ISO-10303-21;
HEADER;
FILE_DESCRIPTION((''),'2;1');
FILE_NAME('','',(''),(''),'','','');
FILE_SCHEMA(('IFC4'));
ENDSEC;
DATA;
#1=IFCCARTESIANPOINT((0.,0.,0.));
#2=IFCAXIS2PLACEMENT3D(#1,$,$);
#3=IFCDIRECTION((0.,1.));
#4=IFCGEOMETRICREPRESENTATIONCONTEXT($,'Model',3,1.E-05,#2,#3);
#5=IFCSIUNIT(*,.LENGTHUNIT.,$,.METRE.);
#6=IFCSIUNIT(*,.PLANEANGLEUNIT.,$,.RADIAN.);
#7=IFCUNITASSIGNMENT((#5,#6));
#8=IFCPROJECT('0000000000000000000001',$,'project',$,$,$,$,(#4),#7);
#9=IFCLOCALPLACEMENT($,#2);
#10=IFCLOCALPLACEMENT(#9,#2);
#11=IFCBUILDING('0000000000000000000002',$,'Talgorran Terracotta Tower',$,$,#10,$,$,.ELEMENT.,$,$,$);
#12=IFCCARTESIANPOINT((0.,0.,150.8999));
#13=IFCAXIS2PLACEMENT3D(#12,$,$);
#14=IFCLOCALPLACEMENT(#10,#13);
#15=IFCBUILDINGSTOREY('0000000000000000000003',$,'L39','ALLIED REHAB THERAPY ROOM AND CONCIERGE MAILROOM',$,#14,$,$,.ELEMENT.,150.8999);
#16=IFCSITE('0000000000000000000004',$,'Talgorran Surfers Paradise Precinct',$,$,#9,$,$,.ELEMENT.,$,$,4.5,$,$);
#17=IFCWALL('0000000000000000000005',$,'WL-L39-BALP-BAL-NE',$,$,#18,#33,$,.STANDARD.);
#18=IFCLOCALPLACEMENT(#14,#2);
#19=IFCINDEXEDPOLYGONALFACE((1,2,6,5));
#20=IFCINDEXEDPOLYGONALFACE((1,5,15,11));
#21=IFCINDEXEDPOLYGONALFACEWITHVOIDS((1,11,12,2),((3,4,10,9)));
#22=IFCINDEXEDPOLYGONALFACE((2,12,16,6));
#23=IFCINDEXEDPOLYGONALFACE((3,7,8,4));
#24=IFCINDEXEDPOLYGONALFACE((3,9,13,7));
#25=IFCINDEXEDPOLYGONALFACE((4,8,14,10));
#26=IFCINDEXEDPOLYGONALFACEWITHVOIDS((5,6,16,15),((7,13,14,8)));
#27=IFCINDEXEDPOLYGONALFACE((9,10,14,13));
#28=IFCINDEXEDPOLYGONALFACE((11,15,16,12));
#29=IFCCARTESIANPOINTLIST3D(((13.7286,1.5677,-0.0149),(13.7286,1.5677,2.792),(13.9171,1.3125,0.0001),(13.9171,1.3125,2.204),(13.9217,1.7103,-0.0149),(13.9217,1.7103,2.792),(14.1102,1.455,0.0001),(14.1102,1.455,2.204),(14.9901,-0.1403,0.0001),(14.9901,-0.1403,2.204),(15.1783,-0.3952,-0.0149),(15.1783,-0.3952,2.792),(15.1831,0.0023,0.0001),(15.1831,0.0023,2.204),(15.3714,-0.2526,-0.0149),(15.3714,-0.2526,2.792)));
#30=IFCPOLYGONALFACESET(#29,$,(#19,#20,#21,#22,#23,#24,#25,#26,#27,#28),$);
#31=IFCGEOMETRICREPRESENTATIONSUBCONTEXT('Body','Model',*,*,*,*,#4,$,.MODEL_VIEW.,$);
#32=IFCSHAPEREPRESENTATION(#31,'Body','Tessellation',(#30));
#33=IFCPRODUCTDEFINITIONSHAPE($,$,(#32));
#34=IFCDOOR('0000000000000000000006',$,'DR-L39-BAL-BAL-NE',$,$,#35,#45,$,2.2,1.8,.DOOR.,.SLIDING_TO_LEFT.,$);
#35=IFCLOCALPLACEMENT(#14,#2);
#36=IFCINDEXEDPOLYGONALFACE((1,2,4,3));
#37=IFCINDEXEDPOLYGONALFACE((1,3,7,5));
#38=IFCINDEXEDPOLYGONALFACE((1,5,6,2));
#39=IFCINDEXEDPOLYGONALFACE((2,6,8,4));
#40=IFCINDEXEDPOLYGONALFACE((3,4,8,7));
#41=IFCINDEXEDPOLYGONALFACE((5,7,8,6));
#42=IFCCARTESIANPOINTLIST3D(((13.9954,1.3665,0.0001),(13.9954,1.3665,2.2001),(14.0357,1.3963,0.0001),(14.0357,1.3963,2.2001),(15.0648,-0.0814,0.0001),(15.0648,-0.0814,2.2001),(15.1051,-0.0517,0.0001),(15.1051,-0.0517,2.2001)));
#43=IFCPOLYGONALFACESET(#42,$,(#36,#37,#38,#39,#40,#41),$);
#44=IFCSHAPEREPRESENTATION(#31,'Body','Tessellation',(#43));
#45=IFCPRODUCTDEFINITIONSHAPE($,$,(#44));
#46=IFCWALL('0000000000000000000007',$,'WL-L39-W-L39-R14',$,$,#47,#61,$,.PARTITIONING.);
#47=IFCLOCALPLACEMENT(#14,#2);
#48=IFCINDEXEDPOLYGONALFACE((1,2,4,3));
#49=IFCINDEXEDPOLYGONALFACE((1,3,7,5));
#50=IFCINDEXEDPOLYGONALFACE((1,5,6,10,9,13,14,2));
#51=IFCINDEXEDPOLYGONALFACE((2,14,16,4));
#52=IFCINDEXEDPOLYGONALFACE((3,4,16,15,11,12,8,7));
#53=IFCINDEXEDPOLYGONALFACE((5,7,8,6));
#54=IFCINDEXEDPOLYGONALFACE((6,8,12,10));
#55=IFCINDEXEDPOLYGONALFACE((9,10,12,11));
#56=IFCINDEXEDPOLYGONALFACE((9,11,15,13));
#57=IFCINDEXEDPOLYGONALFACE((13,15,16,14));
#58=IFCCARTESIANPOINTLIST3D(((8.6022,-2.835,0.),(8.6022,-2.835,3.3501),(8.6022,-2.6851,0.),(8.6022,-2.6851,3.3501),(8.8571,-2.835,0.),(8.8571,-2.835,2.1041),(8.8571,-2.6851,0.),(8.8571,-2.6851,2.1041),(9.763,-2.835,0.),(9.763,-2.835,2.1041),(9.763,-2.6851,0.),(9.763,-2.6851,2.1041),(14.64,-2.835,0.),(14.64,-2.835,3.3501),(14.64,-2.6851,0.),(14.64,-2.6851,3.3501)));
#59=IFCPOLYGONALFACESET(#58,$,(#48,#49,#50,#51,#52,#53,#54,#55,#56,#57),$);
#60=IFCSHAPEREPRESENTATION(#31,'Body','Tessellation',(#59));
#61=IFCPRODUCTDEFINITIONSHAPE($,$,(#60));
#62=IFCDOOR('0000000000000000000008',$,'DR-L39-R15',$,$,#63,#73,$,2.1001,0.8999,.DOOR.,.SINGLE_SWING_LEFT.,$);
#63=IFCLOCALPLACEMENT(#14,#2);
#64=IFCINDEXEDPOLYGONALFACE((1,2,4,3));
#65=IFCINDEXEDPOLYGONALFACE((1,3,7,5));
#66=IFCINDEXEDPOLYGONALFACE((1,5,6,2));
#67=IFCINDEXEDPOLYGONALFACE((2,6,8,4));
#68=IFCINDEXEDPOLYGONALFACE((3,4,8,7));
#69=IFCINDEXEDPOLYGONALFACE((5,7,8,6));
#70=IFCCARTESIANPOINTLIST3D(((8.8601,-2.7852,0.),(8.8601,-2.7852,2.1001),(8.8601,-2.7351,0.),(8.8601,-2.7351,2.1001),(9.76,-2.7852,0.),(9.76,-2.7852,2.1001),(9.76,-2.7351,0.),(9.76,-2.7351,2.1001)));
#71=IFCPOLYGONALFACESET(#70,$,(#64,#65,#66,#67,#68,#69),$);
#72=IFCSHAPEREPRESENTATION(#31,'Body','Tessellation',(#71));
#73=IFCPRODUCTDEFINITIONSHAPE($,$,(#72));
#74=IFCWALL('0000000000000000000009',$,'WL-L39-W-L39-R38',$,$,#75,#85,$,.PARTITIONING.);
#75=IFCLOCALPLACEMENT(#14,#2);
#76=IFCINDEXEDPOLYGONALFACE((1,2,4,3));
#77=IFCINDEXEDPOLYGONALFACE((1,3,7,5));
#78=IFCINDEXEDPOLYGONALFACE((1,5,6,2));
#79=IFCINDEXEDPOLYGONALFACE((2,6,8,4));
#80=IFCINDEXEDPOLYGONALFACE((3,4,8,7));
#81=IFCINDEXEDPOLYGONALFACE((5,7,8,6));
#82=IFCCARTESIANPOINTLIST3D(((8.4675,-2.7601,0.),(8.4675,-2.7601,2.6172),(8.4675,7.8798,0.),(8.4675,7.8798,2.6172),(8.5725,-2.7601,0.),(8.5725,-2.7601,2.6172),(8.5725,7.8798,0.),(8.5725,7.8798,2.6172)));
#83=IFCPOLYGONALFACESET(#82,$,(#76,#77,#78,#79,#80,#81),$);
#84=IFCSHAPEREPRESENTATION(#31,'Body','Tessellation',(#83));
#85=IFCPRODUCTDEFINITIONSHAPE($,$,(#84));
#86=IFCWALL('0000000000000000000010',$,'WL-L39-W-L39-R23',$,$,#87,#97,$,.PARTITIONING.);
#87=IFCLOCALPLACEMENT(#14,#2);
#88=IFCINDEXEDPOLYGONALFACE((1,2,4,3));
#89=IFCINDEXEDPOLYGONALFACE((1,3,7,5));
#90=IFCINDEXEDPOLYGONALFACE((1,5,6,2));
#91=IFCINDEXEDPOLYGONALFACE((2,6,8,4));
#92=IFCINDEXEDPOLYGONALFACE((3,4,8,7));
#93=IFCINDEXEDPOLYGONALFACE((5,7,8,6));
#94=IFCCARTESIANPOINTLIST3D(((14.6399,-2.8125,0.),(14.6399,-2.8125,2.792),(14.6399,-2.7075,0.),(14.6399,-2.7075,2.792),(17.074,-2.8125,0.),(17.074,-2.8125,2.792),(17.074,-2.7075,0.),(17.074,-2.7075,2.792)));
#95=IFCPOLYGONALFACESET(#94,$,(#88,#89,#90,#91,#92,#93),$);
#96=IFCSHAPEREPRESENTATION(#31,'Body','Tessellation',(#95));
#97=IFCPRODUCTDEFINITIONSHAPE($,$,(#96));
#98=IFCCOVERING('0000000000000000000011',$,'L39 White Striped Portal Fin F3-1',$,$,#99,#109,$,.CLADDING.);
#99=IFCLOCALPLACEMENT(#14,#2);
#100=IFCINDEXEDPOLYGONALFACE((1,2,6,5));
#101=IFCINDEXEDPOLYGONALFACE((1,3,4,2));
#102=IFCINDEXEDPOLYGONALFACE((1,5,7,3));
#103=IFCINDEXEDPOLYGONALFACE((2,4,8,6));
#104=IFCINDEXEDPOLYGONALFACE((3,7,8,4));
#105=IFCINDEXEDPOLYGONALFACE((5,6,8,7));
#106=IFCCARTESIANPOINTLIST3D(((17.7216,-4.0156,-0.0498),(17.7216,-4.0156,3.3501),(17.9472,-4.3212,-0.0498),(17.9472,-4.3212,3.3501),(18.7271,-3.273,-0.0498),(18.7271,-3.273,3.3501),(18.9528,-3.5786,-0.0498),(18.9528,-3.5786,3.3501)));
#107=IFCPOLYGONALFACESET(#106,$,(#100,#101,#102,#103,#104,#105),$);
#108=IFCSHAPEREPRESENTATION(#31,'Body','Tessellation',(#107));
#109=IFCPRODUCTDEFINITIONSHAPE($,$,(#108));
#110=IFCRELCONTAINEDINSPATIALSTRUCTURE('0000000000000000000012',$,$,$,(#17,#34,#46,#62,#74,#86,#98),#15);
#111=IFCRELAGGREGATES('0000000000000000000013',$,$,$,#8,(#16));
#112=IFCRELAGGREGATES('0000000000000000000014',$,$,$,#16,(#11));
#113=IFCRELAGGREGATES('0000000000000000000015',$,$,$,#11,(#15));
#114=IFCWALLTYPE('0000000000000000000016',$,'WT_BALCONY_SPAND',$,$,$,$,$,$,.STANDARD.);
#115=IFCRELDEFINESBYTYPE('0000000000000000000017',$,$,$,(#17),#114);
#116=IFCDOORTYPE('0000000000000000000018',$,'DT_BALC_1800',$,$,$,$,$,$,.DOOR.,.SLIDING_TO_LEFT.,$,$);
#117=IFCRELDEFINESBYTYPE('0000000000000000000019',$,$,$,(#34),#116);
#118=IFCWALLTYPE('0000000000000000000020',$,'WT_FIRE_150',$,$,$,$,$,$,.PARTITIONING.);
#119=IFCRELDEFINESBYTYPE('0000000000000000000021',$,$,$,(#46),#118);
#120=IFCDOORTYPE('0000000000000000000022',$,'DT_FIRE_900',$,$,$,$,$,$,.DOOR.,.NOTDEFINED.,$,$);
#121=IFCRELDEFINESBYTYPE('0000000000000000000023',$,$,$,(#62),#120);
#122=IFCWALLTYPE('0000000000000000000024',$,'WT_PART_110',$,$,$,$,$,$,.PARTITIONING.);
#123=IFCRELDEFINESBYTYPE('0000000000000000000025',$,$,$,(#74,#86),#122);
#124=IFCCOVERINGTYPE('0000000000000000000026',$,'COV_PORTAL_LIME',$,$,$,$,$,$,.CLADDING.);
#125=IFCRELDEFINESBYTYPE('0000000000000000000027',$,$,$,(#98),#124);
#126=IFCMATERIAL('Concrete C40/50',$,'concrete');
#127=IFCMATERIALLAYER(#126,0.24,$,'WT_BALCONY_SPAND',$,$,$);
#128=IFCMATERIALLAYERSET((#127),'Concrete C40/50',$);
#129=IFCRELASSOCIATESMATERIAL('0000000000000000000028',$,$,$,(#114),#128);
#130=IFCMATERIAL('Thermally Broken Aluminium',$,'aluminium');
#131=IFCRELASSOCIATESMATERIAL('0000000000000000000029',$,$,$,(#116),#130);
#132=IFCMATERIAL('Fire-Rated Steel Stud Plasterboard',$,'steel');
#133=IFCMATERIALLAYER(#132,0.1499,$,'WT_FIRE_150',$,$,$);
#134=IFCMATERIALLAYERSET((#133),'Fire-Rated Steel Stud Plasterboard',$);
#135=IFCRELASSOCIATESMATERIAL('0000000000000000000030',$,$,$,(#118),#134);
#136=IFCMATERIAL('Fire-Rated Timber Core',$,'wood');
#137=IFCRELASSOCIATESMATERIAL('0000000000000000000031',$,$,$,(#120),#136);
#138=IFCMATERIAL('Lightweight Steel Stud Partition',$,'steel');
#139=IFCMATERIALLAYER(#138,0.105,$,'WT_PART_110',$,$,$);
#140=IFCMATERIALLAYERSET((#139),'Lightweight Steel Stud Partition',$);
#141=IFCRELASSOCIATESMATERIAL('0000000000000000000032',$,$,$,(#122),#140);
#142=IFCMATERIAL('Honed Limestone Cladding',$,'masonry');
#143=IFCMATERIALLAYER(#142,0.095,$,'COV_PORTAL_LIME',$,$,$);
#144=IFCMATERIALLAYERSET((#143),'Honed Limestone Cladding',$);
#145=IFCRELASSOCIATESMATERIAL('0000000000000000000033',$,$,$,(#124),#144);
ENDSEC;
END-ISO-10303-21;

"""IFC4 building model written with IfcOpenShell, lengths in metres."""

from ifc_helpers import new_model, si_unit, direction, frame, frame_2d, origin, origin_2d, place, context, subcontext, project, spatial, rectangle, extrude, material, layer, layer_set, type_object, element, fill, save


model = new_model("IFC4")

# Units and contexts
model_context = context("Model", 3, precision=1e-05, world=origin(), true_north=direction((0.0, 1.0)))
body_context = subcontext(model_context, "Body", "Model", "MODEL_VIEW")
ifc_project = project(units=[si_unit("LENGTHUNIT", "METRE"), si_unit("PLANEANGLEUNIT", "RADIAN")], contexts=[model_context])

# Site, building, storey
site_placement = place(None, origin())
site = spatial("IfcSite", under=ifc_project, at=site_placement, Name="Talgorran Surfers Paradise Precinct", CompositionType="ELEMENT", RefElevation=4.5)
building_placement = place(site_placement, origin())
building = spatial("IfcBuilding", under=site, at=building_placement, Name="Talgorran Terracotta Tower", CompositionType="ELEMENT")
storey_placement = place(building_placement, frame((0.0, 0.0, 150.8999)))
storey = spatial("IfcBuildingStorey", under=building, at=storey_placement, Name="L39", Description="ALLIED REHAB THERAPY ROOM AND CONCIERGE MAILROOM", CompositionType="ELEMENT", Elevation=150.8999)

# Walls, openings, doors
ifc_material_1 = material(Name="Concrete C40/50", Category="concrete")
ifc_layer_1 = layer(ifc_material_1, 0.24, Name="WT_BALCONY_SPAND")
ifc_layer_set_1 = layer_set([ifc_layer_1], Name="Concrete C40/50")
wall_type_1 = type_object("IfcWallType", Name="WT_BALCONY_SPAND", PredefinedType="STANDARD", material=ifc_layer_set_1)
wall_1_placement = place(storey_placement, frame((15.2749, -0.324, -0.0149), z_axis=(0.0, 0.0, 1.0), x_axis=(-0.594093, 0.804396, 0.0)))
wall_1 = element("IfcWall", 1, at=wall_1_placement, inside=storey, type_object=wall_type_1, Name="WL-L39-BALP-BAL-NE", PredefinedType="STANDARD", context=body_context, shape_type="SweptSolid", body=[
    extrude(rectangle(XDim=2.4402, YDim=0.24, at=frame_2d((1.2202, 0.0))), origin(), (0.0, 0.0, 1.0), 2.8069),
])
opening_1_placement = place(wall_1_placement, frame((0.3201, 0.0, 0.0149)))
opening_1 = element("IfcOpeningElement", 2, at=opening_1_placement, cuts=wall_1, PredefinedType="OPENING", context=body_context, shape_type="SweptSolid", body=[
    extrude(rectangle(XDim=1.806, YDim=2.204, at=frame_2d((0.8999, 1.1021))), frame((0.0, 0.1299, 0.0), z_axis=(0.0, -1.0, 0.0), x_axis=(1.0, 0.0, 0.0)), (0.0, 0.0, 1.0), 0.26),
])
ifc_material_2 = material(Name="Thermally Broken Aluminium", Category="aluminium")
door_type_1 = type_object("IfcDoorType", Name="DT_BALC_1800", OperationType="SLIDING_TO_LEFT", PredefinedType="DOOR", material=ifc_material_2)
door_1_placement = place(opening_1_placement, origin())
door_1 = element("IfcDoor", 3, at=door_1_placement, inside=storey, type_object=door_type_1, Name="DR-L39-BAL-BAL-NE", OperationType="SLIDING_TO_LEFT", OverallHeight=2.2, OverallWidth=1.8, PredefinedType="DOOR", context=body_context, shape_type="SweptSolid", body=[
    extrude(rectangle(XDim=1.8, YDim=2.2, at=frame_2d((0.8999, 1.1001))), frame((0.0, 0.0249, 0.0), z_axis=(0.0, -1.0, 0.0), x_axis=(1.0, 0.0, 0.0)), (0.0, 0.0, 1.0), 0.05),
])
fill(opening_1, door_1)
ifc_material_3 = material(Name="Fire-Rated Steel Stud Plasterboard", Category="steel")
ifc_layer_2 = layer(ifc_material_3, 0.1499, Name="WT_FIRE_150")
ifc_layer_set_2 = layer_set([ifc_layer_2], Name="Fire-Rated Steel Stud Plasterboard")
wall_type_2 = type_object("IfcWallType", Name="WT_FIRE_150", PredefinedType="PARTITIONING", material=ifc_layer_set_2)
wall_2_placement = place(storey_placement, frame((8.6021, -2.76, 0.0), z_axis=(0.0, 0.0, 1.0), x_axis=(1.0, 0.0, 0.0)))
wall_2 = element("IfcWall", 4, at=wall_2_placement, inside=storey, type_object=wall_type_2, Name="WL-L39-W-L39-R14", PredefinedType="PARTITIONING", context=body_context, shape_type="SweptSolid", body=[
    extrude(rectangle(XDim=6.0378, YDim=0.1499, at=frame_2d((3.019, 0.0))), origin(), (0.0, 0.0, 1.0), 3.3501),
])
opening_2_placement = place(wall_2_placement, frame((0.2581, 0.0, 0.0)))
opening_2 = element("IfcOpeningElement", 5, at=opening_2_placement, cuts=wall_2, PredefinedType="OPENING", context=body_context, shape_type="SweptSolid", body=[
    extrude(rectangle(XDim=0.9059, YDim=2.1041, at=frame_2d((0.45, 1.052))), frame((0.0, 0.085, 0.0), z_axis=(0.0, -1.0, 0.0), x_axis=(1.0, 0.0, 0.0)), (0.0, 0.0, 1.0), 0.1699),
])
ifc_material_4 = material(Name="Fire-Rated Timber Core", Category="wood")
door_type_2 = type_object("IfcDoorType", Name="DT_FIRE_900", OperationType="NOTDEFINED", PredefinedType="DOOR", material=ifc_material_4)
door_2_placement = place(opening_2_placement, origin())
door_2 = element("IfcDoor", 6, at=door_2_placement, inside=storey, type_object=door_type_2, Name="DR-L39-R15", OperationType="SINGLE_SWING_LEFT", OverallHeight=2.1001, OverallWidth=0.8999, PredefinedType="DOOR", context=body_context, shape_type="SweptSolid", body=[
    extrude(rectangle(XDim=0.8999, YDim=2.1001, at=frame_2d((0.45, 1.05))), frame((0.0, 0.0249, 0.0), z_axis=(0.0, -1.0, 0.0), x_axis=(1.0, 0.0, 0.0)), (0.0, 0.0, 1.0), 0.05),
])
fill(opening_2, door_2)

# Walls
ifc_material_5 = material(Name="Lightweight Steel Stud Partition", Category="steel")
ifc_layer_3 = layer(ifc_material_5, 0.105, Name="WT_PART_110")
ifc_layer_set_3 = layer_set([ifc_layer_3], Name="Lightweight Steel Stud Partition")
wall_type_3 = type_object("IfcWallType", Name="WT_PART_110", PredefinedType="PARTITIONING", material=ifc_layer_set_3)
wall_3_placement = place(storey_placement, frame((8.52, -2.76, 0.0), z_axis=(0.0, 0.0, 1.0), x_axis=(0.0, 1.0, 0.0)))
element("IfcWall", 7, at=wall_3_placement, inside=storey, type_object=wall_type_3, Name="WL-L39-W-L39-R38", PredefinedType="PARTITIONING", context=body_context, shape_type="SweptSolid", body=[
    extrude(rectangle(XDim=10.6399, YDim=0.105, at=frame_2d((5.3198, 0.0))), origin(), (0.0, 0.0, 1.0), 2.6172),
])
wall_4_placement = place(storey_placement, frame((14.6399, -2.76, 0.0), z_axis=(0.0, 0.0, 1.0), x_axis=(1.0, 0.0, 0.0)))
element("IfcWall", 8, at=wall_4_placement, inside=storey, type_object=wall_type_3, Name="WL-L39-W-L39-R23", PredefinedType="PARTITIONING", context=body_context, shape_type="SweptSolid", body=[
    extrude(rectangle(XDim=2.4341, YDim=0.105, at=frame_2d((1.217, 0.0))), origin(), (0.0, 0.0, 1.0), 2.792),
])

# Covering
ifc_material_6 = material(Name="Honed Limestone Cladding", Category="masonry")
ifc_layer_4 = layer(ifc_material_6, 0.095, Name="COV_PORTAL_LIME")
ifc_layer_set_4 = layer_set([ifc_layer_4], Name="Honed Limestone Cladding")
covering_type = type_object("IfcCoveringType", Name="COV_PORTAL_LIME", PredefinedType="CLADDING", material=ifc_layer_set_4)
covering_placement = place(storey_placement, frame((18.3372, -3.7971, -0.0498), z_axis=(0.0, 0.0, 1.0), x_axis=(-0.594079, 0.804407, 0.0)))
element("IfcCovering", 9, at=covering_placement, inside=storey, type_object=covering_type, Name="L39 White Striped Portal Fin F3-1", PredefinedType="CLADDING", context=body_context, shape_type="SweptSolid", body=[
    extrude(rectangle(XDim=0.3799, YDim=1.25, at=origin_2d()), origin(), (0.0, 0.0, 1.0), 3.3999),
])

save(model, "model.ifc")
